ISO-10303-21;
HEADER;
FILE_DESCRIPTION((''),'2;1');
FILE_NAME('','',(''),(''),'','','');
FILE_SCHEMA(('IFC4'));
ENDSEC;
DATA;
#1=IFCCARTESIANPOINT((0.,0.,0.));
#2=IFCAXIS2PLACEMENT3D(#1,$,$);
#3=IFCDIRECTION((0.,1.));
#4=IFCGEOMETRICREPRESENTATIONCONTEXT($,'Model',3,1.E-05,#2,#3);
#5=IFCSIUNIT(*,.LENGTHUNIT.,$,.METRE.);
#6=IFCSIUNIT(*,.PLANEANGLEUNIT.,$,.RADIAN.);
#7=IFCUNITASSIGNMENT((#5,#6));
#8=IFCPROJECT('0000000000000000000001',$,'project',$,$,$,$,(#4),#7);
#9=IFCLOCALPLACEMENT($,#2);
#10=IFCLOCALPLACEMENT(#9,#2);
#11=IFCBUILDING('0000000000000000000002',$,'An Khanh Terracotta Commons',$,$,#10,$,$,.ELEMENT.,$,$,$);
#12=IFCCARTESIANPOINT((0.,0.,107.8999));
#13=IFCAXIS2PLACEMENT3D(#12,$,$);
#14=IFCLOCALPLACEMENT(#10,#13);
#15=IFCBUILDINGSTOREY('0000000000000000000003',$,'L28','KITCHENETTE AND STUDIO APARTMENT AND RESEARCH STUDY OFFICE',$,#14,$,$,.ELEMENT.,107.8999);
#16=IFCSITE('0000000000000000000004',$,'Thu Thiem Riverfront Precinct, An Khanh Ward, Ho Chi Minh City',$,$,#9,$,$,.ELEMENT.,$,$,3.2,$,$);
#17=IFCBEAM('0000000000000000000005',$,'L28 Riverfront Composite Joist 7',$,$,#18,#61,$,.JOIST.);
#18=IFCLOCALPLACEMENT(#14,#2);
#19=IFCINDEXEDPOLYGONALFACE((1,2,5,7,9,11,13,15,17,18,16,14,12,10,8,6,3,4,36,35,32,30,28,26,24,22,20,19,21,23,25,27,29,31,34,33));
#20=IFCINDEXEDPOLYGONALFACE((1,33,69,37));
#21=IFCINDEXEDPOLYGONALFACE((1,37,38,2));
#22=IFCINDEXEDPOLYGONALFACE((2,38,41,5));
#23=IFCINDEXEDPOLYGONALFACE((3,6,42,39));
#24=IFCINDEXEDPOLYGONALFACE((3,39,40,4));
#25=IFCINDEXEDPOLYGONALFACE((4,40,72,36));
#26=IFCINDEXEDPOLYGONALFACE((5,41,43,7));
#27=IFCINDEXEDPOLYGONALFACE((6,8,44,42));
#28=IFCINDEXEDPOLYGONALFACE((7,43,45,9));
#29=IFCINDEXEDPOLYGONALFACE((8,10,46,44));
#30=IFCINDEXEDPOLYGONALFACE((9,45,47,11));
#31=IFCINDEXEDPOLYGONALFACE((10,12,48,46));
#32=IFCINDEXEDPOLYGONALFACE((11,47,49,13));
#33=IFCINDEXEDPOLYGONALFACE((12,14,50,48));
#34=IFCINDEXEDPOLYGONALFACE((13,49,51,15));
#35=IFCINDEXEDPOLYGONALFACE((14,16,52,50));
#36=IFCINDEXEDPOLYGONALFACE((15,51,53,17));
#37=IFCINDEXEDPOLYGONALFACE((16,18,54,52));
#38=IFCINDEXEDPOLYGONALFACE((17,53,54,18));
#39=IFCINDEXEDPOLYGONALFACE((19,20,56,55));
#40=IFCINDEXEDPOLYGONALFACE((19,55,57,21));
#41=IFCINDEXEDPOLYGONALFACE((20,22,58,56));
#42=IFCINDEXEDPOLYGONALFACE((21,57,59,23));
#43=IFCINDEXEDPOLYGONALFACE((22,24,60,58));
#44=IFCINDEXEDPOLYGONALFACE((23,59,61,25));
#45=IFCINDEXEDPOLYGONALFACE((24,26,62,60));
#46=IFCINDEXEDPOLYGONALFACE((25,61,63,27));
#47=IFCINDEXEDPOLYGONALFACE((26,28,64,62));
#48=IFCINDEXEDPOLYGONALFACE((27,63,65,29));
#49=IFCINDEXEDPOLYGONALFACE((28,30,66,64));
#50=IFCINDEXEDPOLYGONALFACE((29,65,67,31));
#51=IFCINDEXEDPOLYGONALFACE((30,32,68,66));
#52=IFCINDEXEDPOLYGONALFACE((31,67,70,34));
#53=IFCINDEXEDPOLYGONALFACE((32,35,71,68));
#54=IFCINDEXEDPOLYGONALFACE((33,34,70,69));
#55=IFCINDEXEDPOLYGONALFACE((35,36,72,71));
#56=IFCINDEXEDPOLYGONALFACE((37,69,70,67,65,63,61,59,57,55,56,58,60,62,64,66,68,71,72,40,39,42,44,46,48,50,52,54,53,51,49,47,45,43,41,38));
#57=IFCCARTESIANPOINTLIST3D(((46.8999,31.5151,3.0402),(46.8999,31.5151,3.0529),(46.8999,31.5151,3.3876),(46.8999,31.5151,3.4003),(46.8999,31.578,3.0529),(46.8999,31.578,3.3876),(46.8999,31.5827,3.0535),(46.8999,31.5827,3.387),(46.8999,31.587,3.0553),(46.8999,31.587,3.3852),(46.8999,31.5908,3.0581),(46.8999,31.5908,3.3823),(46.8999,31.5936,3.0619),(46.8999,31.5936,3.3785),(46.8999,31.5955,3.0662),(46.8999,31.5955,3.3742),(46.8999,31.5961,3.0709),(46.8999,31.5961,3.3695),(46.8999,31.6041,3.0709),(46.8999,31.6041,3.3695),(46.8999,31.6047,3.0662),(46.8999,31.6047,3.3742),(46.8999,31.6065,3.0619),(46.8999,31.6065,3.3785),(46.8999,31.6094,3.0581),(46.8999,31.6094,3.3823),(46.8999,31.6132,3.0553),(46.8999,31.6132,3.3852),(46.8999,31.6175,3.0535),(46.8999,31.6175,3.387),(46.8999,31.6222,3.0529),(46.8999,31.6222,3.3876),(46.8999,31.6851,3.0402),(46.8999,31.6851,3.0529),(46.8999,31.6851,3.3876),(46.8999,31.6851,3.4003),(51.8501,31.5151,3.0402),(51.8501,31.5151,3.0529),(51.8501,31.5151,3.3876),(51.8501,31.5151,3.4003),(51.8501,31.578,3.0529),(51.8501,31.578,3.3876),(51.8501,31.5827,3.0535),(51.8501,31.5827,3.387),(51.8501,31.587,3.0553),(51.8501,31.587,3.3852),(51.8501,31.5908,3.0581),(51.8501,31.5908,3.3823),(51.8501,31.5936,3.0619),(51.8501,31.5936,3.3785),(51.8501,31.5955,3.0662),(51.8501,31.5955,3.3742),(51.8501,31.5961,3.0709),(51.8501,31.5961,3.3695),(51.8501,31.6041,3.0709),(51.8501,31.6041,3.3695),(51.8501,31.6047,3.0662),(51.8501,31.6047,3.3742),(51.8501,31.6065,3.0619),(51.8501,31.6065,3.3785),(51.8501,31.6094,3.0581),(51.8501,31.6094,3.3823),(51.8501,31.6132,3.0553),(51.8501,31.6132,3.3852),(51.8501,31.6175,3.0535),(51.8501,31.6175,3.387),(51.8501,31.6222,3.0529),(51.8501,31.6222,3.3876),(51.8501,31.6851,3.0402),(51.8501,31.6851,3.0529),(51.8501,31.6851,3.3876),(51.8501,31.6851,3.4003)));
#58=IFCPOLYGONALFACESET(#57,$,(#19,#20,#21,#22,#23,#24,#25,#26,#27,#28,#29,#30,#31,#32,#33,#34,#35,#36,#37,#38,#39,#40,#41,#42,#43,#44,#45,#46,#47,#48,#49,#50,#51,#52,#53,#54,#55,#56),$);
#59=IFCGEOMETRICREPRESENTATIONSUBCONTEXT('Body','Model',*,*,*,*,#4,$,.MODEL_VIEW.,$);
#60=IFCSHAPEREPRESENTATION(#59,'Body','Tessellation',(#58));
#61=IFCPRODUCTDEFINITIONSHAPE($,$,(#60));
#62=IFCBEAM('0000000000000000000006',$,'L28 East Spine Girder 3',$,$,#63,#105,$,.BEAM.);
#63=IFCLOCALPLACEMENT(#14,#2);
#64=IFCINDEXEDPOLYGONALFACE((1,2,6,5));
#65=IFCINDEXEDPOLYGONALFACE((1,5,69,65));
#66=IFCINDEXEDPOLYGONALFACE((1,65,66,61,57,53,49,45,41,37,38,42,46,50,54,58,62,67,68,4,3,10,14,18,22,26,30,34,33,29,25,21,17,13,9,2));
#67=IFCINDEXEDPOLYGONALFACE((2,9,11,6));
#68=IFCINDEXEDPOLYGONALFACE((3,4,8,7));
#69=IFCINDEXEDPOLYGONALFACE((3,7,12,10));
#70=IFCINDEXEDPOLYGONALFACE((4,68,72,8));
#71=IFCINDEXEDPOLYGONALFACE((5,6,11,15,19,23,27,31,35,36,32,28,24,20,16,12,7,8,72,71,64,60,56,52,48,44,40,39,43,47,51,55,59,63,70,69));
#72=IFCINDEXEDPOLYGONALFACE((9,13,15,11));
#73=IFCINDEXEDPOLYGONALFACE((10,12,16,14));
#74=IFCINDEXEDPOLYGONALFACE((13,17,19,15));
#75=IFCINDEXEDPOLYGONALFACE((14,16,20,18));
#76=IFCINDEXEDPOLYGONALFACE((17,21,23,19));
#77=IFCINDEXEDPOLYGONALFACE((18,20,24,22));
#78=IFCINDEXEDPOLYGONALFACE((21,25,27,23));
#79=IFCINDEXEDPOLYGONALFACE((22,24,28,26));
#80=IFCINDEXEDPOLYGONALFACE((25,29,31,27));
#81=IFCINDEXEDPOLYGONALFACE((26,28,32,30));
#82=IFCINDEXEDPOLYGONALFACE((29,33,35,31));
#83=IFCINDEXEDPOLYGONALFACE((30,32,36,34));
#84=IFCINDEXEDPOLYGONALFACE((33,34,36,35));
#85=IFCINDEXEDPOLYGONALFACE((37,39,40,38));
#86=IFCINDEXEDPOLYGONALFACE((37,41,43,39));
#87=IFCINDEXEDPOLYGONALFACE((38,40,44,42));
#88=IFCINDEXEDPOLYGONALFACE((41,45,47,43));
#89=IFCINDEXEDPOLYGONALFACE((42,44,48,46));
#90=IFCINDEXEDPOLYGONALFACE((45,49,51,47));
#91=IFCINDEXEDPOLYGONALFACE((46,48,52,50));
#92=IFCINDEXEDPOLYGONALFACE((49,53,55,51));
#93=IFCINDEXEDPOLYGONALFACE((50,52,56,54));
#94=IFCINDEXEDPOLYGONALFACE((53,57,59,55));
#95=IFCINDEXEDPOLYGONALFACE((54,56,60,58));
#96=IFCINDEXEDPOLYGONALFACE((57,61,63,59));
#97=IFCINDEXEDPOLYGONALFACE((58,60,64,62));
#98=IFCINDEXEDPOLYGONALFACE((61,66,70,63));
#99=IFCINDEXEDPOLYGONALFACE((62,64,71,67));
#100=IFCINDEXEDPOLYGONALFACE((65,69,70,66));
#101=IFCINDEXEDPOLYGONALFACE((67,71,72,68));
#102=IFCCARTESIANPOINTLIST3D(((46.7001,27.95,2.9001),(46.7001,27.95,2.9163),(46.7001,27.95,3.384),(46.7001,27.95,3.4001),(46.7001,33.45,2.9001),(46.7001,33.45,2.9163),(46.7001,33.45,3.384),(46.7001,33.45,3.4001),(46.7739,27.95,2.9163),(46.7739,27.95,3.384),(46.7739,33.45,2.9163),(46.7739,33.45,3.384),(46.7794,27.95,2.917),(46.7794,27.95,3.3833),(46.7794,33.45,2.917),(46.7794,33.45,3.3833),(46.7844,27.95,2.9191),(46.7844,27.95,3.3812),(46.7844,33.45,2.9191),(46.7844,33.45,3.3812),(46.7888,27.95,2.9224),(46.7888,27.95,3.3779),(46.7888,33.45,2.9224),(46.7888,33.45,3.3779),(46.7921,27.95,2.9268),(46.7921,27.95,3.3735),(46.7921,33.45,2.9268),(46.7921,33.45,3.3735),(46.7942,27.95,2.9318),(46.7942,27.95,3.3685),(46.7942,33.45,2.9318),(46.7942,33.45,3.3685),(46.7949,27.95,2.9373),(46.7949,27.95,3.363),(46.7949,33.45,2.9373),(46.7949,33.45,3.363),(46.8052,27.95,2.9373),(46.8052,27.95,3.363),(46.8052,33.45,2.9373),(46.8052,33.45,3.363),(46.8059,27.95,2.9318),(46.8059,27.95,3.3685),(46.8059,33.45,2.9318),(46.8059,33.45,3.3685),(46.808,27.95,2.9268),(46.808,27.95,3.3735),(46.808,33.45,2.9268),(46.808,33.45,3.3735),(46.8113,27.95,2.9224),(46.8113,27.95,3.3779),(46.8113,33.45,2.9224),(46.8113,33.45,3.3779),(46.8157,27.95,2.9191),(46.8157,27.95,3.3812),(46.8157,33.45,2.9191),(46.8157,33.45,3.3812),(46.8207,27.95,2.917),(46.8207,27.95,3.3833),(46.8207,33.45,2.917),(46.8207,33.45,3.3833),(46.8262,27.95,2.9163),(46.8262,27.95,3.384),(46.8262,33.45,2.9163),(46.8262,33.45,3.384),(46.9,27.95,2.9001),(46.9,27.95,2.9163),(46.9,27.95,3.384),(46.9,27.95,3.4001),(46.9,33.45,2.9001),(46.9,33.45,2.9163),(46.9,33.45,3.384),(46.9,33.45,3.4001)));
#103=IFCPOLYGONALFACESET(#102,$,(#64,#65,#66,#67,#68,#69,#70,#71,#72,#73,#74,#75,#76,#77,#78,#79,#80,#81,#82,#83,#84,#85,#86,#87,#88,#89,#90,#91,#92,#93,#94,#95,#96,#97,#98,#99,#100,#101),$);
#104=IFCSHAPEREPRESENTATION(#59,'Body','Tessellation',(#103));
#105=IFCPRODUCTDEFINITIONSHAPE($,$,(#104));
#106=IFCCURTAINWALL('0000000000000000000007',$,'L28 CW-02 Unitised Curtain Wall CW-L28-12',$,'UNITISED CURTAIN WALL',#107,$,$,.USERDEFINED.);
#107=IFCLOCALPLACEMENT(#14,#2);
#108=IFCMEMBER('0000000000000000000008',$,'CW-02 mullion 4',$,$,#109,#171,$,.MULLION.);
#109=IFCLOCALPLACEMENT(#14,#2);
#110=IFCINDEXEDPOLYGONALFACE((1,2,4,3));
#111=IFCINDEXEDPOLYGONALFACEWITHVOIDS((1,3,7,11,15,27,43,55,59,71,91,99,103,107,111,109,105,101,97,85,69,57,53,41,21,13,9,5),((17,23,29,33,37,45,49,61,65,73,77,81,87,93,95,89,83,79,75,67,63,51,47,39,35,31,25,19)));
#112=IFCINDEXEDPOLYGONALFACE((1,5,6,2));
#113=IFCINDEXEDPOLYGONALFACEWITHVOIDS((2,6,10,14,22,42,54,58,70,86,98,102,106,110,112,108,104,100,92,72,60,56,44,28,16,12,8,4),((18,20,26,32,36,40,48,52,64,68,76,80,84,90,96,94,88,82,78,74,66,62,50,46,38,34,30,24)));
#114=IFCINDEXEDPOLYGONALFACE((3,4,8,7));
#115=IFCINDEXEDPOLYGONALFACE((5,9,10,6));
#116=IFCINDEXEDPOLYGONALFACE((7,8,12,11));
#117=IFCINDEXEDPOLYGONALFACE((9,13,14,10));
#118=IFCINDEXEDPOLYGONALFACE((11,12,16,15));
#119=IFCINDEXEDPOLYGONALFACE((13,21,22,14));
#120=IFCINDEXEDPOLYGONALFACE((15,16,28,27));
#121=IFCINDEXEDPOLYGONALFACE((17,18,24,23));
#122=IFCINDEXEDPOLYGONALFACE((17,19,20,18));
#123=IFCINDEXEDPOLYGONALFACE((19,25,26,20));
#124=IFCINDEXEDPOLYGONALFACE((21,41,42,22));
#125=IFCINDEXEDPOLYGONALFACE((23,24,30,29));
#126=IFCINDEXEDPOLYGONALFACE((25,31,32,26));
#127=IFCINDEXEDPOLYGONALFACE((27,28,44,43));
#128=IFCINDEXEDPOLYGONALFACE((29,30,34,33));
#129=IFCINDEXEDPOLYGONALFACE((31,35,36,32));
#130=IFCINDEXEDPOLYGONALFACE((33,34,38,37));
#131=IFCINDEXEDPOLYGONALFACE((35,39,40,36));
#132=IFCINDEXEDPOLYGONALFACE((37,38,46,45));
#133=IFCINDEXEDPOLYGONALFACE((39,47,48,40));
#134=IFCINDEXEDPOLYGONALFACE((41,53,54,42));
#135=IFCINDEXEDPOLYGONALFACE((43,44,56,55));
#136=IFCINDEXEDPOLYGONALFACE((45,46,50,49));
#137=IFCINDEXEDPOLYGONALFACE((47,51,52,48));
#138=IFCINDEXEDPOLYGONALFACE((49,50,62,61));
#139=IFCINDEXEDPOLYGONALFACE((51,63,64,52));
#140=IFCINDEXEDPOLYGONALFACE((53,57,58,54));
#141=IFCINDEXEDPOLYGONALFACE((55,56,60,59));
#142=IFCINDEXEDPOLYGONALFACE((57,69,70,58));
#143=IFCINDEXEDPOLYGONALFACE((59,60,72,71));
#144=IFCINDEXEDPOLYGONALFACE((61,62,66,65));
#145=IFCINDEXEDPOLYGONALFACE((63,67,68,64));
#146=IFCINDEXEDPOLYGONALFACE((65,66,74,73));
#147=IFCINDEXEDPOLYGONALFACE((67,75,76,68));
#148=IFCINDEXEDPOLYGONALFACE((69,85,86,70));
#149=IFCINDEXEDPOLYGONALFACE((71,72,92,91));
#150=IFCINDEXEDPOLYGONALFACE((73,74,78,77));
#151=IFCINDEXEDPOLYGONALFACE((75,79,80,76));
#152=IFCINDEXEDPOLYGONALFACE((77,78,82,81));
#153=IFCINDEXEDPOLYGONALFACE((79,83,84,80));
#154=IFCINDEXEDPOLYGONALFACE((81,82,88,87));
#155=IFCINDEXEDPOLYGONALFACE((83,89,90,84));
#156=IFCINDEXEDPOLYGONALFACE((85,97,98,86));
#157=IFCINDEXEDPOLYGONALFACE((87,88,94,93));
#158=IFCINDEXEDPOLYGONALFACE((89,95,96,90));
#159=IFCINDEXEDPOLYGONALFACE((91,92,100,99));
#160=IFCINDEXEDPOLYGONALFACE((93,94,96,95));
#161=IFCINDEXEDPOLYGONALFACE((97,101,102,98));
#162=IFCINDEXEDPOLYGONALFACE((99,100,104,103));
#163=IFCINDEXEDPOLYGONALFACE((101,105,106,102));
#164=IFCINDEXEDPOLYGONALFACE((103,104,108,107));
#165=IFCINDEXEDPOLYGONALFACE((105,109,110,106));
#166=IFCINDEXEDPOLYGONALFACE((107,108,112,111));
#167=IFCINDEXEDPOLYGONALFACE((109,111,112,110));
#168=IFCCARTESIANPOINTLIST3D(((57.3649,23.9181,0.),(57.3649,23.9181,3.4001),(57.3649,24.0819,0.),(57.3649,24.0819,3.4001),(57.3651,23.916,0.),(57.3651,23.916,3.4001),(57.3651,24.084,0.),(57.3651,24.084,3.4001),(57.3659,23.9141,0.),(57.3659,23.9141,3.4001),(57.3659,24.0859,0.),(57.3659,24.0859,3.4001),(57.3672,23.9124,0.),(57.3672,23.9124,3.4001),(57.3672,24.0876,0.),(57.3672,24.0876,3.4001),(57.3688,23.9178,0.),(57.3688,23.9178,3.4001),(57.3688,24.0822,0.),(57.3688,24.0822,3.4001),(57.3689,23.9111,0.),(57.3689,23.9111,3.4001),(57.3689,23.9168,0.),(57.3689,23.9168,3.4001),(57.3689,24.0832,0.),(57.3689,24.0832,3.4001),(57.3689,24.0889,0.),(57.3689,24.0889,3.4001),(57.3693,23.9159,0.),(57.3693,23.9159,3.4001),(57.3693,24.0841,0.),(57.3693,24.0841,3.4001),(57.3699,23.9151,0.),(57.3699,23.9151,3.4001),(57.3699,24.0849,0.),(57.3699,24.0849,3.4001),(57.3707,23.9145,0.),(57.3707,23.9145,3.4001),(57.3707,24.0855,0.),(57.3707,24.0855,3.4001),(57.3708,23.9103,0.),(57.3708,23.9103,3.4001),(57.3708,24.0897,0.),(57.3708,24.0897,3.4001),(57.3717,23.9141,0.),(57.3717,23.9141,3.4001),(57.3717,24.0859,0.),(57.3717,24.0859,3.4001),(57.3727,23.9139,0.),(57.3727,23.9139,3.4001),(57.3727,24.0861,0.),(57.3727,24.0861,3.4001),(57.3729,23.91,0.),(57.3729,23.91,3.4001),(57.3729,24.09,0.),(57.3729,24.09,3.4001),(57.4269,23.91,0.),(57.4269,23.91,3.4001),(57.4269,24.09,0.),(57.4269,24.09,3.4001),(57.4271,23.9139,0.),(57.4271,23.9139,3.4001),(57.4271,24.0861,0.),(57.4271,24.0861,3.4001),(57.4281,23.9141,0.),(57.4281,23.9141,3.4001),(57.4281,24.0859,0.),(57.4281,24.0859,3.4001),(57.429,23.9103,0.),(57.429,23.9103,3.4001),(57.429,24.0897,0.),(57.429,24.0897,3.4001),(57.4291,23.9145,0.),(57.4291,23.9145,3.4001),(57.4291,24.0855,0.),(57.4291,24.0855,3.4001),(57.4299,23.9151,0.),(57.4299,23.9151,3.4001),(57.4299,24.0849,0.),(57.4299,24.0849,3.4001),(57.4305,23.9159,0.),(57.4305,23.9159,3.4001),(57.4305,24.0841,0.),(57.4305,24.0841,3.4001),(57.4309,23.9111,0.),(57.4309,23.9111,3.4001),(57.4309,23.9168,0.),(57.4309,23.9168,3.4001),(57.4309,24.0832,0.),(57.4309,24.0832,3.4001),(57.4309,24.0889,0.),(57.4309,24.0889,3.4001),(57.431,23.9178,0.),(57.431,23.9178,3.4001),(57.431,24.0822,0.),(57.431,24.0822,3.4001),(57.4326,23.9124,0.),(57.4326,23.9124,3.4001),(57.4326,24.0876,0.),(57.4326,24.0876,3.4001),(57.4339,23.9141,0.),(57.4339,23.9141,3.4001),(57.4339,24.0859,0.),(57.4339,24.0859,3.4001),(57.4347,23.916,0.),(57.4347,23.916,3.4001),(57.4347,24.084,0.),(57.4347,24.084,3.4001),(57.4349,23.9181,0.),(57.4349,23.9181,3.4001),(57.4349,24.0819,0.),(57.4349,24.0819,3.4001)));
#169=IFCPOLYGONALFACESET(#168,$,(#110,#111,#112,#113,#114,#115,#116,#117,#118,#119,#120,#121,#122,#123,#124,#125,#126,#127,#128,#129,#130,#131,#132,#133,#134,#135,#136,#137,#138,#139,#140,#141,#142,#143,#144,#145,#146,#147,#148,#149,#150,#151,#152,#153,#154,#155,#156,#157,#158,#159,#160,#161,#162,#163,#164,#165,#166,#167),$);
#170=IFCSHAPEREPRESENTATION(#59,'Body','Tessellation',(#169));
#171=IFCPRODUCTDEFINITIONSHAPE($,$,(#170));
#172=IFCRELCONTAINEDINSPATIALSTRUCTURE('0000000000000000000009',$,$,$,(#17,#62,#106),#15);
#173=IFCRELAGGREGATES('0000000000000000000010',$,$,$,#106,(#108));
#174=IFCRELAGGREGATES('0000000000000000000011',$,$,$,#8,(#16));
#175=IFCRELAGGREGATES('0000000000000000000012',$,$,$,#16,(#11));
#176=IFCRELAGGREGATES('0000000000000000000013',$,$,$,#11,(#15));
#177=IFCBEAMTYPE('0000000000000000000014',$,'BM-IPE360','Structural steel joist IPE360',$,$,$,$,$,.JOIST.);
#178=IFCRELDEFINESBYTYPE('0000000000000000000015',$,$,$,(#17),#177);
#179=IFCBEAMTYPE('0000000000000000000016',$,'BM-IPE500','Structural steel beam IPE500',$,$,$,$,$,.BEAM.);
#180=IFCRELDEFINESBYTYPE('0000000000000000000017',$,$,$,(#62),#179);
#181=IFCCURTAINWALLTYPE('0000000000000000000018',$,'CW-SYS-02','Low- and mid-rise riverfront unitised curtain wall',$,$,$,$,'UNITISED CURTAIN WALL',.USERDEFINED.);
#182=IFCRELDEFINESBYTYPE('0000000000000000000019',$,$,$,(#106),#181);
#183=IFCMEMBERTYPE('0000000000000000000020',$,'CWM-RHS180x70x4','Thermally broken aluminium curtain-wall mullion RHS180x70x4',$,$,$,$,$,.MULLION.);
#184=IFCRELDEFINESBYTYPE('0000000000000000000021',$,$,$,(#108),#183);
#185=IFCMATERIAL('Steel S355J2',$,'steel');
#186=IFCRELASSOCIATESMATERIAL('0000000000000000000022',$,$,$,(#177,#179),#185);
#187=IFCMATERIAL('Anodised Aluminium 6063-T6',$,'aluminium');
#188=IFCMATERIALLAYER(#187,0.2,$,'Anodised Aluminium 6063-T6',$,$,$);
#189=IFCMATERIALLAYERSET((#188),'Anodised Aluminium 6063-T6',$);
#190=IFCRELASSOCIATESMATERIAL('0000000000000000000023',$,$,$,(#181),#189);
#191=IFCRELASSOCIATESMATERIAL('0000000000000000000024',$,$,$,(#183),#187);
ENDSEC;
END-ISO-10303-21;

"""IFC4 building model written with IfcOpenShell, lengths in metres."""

from ifc_helpers import new_model, si_unit, direction, frame, origin, origin_2d, place, context, subcontext, project, spatial, hollow_rectangle, i_section, extrude, material, layer, layer_set, material_profile, profile_set, type_object, element, aggregate, save


model = new_model("IFC4")

# Units and contexts
model_context = context("Model", 3, precision=1e-05, world=origin(), true_north=direction((0.0, 1.0)))
body_context = subcontext(model_context, "Body", "Model", "MODEL_VIEW")
ifc_project = project(units=[si_unit("LENGTHUNIT", "METRE"), si_unit("PLANEANGLEUNIT", "RADIAN")], contexts=[model_context])

# Site, building, storey
site_placement = place(None, origin())
site = spatial("IfcSite", under=ifc_project, at=site_placement, Name="Thu Thiem Riverfront Precinct, An Khanh Ward, Ho Chi Minh City", CompositionType="ELEMENT", RefElevation=3.2)
building_placement = place(site_placement, origin())
building = spatial("IfcBuilding", under=site, at=building_placement, Name="An Khanh Terracotta Commons", CompositionType="ELEMENT")
storey_placement = place(building_placement, frame((0.0, 0.0, 107.8999)))
storey = spatial("IfcBuildingStorey", under=building, at=storey_placement, Name="L28", Description="KITCHENETTE AND STUDIO APARTMENT AND RESEARCH STUDY OFFICE", CompositionType="ELEMENT", Elevation=107.8999)

# Beams
ifc_material_1 = material(Name="Steel S355J2", Category="steel")
ifc_material_profile_1 = material_profile(ifc_material_1, i_section(OverallWidth=0.1699, OverallDepth=0.3601, WebThickness=0.0081, FlangeThickness=0.0127, FilletRadius=0.0181, at=origin_2d()), Name="IPE360")
ifc_profile_set_1 = profile_set([ifc_material_profile_1], Name="Steel S355J2")
beam_type_1 = type_object("IfcBeamType", Name="BM-IPE360", Description="Structural steel joist IPE360", PredefinedType="JOIST", material=ifc_profile_set_1)
for number, where, z_axis, x_axis, name in (
    (1, (46.8999, 31.6001, 3.2202), (1.0, 0.0, 0.0), (0.0, 1.0, 0.0), "L28 Riverfront Composite Joist 7"),
):
    element("IfcBeam", number, at=place(storey_placement, frame(where, z_axis=z_axis, x_axis=x_axis)), inside=storey, type_object=beam_type_1, Name=name, PredefinedType="JOIST", context=body_context, shape_type="SweptSolid", body=[
        extrude(i_section(OverallWidth=0.1699, OverallDepth=0.3601, WebThickness=0.0081, FlangeThickness=0.0127, FilletRadius=0.0181, at=origin_2d()), origin(), (0.0, 0.0, 1.0), 4.9502),
    ])
ifc_material_profile_2 = material_profile(ifc_material_1, i_section(OverallWidth=0.2, OverallDepth=0.5, WebThickness=0.0103, FlangeThickness=0.0161, FilletRadius=0.021, at=origin_2d()), Name="IPE500")
ifc_profile_set_2 = profile_set([ifc_material_profile_2], Name="Steel S355J2")
beam_type_2 = type_object("IfcBeamType", Name="BM-IPE500", Description="Structural steel beam IPE500", PredefinedType="BEAM", material=ifc_profile_set_2)
beam_placement = place(storey_placement, frame((46.8, 27.95, 3.1501), z_axis=(0.0, 1.0, 0.0), x_axis=(-1.0, 0.0, 0.0)))
element("IfcBeam", 2, at=beam_placement, inside=storey, type_object=beam_type_2, Name="L28 East Spine Girder 3", PredefinedType="BEAM", context=body_context, shape_type="SweptSolid", body=[
    extrude(i_section(OverallWidth=0.2, OverallDepth=0.5, WebThickness=0.0103, FlangeThickness=0.0161, FilletRadius=0.021, at=origin_2d()), origin(), (0.0, 0.0, 1.0), 5.5),
])

# Curtain wall, member
ifc_material_2 = material(Name="Anodised Aluminium 6063-T6", Category="aluminium")
ifc_layer_1 = layer(ifc_material_2, 0.2, Name="Anodised Aluminium 6063-T6")
ifc_layer_set_1 = layer_set([ifc_layer_1], Name="Anodised Aluminium 6063-T6")
curtain_wall_type = type_object("IfcCurtainWallType", Name="CW-SYS-02", Description="Low- and mid-rise riverfront unitised curtain wall", ElementType="UNITISED CURTAIN WALL", PredefinedType="USERDEFINED", material=ifc_layer_set_1)
curtain_wall_placement = place(storey_placement, origin())
curtain_wall = element("IfcCurtainWall", 3, at=curtain_wall_placement, inside=storey, type_object=curtain_wall_type, Name="L28 CW-02 Unitised Curtain Wall CW-L28-12", ObjectType="UNITISED CURTAIN WALL", PredefinedType="USERDEFINED")
ifc_material_profile_3 = material_profile(ifc_material_2, hollow_rectangle(XDim=0.0701, YDim=0.1799, WallThickness=0.0039, InnerFilletRadius=0.0039, OuterFilletRadius=0.0081, at=origin_2d()), Name="RHS180x70x4")
ifc_profile_set_3 = profile_set([ifc_material_profile_3], Name="Anodised Aluminium 6063-T6")
member_type_1 = type_object("IfcMemberType", Name="CWM-RHS180x70x4", Description="Thermally broken aluminium curtain-wall mullion RHS180x70x4", PredefinedType="MULLION", material=ifc_profile_set_3)
member_1_placement = place(storey_placement, frame((57.3999, 24.0, 0.0), z_axis=(0.0, 0.0, 1.0), x_axis=(-1.0, 0.0, 0.0)))
member_1 = element("IfcMember", 4, at=member_1_placement, type_object=member_type_1, Name="CW-02 mullion 4", PredefinedType="MULLION", context=body_context, shape_type="SweptSolid", body=[
    extrude(hollow_rectangle(XDim=0.0701, YDim=0.1799, WallThickness=0.0039, InnerFilletRadius=0.0039, OuterFilletRadius=0.0081, at=origin_2d()), origin(), (0.0, 0.0, 1.0), 3.4001),
])
aggregate(curtain_wall, [member_1])

save(model, "model.ifc")
